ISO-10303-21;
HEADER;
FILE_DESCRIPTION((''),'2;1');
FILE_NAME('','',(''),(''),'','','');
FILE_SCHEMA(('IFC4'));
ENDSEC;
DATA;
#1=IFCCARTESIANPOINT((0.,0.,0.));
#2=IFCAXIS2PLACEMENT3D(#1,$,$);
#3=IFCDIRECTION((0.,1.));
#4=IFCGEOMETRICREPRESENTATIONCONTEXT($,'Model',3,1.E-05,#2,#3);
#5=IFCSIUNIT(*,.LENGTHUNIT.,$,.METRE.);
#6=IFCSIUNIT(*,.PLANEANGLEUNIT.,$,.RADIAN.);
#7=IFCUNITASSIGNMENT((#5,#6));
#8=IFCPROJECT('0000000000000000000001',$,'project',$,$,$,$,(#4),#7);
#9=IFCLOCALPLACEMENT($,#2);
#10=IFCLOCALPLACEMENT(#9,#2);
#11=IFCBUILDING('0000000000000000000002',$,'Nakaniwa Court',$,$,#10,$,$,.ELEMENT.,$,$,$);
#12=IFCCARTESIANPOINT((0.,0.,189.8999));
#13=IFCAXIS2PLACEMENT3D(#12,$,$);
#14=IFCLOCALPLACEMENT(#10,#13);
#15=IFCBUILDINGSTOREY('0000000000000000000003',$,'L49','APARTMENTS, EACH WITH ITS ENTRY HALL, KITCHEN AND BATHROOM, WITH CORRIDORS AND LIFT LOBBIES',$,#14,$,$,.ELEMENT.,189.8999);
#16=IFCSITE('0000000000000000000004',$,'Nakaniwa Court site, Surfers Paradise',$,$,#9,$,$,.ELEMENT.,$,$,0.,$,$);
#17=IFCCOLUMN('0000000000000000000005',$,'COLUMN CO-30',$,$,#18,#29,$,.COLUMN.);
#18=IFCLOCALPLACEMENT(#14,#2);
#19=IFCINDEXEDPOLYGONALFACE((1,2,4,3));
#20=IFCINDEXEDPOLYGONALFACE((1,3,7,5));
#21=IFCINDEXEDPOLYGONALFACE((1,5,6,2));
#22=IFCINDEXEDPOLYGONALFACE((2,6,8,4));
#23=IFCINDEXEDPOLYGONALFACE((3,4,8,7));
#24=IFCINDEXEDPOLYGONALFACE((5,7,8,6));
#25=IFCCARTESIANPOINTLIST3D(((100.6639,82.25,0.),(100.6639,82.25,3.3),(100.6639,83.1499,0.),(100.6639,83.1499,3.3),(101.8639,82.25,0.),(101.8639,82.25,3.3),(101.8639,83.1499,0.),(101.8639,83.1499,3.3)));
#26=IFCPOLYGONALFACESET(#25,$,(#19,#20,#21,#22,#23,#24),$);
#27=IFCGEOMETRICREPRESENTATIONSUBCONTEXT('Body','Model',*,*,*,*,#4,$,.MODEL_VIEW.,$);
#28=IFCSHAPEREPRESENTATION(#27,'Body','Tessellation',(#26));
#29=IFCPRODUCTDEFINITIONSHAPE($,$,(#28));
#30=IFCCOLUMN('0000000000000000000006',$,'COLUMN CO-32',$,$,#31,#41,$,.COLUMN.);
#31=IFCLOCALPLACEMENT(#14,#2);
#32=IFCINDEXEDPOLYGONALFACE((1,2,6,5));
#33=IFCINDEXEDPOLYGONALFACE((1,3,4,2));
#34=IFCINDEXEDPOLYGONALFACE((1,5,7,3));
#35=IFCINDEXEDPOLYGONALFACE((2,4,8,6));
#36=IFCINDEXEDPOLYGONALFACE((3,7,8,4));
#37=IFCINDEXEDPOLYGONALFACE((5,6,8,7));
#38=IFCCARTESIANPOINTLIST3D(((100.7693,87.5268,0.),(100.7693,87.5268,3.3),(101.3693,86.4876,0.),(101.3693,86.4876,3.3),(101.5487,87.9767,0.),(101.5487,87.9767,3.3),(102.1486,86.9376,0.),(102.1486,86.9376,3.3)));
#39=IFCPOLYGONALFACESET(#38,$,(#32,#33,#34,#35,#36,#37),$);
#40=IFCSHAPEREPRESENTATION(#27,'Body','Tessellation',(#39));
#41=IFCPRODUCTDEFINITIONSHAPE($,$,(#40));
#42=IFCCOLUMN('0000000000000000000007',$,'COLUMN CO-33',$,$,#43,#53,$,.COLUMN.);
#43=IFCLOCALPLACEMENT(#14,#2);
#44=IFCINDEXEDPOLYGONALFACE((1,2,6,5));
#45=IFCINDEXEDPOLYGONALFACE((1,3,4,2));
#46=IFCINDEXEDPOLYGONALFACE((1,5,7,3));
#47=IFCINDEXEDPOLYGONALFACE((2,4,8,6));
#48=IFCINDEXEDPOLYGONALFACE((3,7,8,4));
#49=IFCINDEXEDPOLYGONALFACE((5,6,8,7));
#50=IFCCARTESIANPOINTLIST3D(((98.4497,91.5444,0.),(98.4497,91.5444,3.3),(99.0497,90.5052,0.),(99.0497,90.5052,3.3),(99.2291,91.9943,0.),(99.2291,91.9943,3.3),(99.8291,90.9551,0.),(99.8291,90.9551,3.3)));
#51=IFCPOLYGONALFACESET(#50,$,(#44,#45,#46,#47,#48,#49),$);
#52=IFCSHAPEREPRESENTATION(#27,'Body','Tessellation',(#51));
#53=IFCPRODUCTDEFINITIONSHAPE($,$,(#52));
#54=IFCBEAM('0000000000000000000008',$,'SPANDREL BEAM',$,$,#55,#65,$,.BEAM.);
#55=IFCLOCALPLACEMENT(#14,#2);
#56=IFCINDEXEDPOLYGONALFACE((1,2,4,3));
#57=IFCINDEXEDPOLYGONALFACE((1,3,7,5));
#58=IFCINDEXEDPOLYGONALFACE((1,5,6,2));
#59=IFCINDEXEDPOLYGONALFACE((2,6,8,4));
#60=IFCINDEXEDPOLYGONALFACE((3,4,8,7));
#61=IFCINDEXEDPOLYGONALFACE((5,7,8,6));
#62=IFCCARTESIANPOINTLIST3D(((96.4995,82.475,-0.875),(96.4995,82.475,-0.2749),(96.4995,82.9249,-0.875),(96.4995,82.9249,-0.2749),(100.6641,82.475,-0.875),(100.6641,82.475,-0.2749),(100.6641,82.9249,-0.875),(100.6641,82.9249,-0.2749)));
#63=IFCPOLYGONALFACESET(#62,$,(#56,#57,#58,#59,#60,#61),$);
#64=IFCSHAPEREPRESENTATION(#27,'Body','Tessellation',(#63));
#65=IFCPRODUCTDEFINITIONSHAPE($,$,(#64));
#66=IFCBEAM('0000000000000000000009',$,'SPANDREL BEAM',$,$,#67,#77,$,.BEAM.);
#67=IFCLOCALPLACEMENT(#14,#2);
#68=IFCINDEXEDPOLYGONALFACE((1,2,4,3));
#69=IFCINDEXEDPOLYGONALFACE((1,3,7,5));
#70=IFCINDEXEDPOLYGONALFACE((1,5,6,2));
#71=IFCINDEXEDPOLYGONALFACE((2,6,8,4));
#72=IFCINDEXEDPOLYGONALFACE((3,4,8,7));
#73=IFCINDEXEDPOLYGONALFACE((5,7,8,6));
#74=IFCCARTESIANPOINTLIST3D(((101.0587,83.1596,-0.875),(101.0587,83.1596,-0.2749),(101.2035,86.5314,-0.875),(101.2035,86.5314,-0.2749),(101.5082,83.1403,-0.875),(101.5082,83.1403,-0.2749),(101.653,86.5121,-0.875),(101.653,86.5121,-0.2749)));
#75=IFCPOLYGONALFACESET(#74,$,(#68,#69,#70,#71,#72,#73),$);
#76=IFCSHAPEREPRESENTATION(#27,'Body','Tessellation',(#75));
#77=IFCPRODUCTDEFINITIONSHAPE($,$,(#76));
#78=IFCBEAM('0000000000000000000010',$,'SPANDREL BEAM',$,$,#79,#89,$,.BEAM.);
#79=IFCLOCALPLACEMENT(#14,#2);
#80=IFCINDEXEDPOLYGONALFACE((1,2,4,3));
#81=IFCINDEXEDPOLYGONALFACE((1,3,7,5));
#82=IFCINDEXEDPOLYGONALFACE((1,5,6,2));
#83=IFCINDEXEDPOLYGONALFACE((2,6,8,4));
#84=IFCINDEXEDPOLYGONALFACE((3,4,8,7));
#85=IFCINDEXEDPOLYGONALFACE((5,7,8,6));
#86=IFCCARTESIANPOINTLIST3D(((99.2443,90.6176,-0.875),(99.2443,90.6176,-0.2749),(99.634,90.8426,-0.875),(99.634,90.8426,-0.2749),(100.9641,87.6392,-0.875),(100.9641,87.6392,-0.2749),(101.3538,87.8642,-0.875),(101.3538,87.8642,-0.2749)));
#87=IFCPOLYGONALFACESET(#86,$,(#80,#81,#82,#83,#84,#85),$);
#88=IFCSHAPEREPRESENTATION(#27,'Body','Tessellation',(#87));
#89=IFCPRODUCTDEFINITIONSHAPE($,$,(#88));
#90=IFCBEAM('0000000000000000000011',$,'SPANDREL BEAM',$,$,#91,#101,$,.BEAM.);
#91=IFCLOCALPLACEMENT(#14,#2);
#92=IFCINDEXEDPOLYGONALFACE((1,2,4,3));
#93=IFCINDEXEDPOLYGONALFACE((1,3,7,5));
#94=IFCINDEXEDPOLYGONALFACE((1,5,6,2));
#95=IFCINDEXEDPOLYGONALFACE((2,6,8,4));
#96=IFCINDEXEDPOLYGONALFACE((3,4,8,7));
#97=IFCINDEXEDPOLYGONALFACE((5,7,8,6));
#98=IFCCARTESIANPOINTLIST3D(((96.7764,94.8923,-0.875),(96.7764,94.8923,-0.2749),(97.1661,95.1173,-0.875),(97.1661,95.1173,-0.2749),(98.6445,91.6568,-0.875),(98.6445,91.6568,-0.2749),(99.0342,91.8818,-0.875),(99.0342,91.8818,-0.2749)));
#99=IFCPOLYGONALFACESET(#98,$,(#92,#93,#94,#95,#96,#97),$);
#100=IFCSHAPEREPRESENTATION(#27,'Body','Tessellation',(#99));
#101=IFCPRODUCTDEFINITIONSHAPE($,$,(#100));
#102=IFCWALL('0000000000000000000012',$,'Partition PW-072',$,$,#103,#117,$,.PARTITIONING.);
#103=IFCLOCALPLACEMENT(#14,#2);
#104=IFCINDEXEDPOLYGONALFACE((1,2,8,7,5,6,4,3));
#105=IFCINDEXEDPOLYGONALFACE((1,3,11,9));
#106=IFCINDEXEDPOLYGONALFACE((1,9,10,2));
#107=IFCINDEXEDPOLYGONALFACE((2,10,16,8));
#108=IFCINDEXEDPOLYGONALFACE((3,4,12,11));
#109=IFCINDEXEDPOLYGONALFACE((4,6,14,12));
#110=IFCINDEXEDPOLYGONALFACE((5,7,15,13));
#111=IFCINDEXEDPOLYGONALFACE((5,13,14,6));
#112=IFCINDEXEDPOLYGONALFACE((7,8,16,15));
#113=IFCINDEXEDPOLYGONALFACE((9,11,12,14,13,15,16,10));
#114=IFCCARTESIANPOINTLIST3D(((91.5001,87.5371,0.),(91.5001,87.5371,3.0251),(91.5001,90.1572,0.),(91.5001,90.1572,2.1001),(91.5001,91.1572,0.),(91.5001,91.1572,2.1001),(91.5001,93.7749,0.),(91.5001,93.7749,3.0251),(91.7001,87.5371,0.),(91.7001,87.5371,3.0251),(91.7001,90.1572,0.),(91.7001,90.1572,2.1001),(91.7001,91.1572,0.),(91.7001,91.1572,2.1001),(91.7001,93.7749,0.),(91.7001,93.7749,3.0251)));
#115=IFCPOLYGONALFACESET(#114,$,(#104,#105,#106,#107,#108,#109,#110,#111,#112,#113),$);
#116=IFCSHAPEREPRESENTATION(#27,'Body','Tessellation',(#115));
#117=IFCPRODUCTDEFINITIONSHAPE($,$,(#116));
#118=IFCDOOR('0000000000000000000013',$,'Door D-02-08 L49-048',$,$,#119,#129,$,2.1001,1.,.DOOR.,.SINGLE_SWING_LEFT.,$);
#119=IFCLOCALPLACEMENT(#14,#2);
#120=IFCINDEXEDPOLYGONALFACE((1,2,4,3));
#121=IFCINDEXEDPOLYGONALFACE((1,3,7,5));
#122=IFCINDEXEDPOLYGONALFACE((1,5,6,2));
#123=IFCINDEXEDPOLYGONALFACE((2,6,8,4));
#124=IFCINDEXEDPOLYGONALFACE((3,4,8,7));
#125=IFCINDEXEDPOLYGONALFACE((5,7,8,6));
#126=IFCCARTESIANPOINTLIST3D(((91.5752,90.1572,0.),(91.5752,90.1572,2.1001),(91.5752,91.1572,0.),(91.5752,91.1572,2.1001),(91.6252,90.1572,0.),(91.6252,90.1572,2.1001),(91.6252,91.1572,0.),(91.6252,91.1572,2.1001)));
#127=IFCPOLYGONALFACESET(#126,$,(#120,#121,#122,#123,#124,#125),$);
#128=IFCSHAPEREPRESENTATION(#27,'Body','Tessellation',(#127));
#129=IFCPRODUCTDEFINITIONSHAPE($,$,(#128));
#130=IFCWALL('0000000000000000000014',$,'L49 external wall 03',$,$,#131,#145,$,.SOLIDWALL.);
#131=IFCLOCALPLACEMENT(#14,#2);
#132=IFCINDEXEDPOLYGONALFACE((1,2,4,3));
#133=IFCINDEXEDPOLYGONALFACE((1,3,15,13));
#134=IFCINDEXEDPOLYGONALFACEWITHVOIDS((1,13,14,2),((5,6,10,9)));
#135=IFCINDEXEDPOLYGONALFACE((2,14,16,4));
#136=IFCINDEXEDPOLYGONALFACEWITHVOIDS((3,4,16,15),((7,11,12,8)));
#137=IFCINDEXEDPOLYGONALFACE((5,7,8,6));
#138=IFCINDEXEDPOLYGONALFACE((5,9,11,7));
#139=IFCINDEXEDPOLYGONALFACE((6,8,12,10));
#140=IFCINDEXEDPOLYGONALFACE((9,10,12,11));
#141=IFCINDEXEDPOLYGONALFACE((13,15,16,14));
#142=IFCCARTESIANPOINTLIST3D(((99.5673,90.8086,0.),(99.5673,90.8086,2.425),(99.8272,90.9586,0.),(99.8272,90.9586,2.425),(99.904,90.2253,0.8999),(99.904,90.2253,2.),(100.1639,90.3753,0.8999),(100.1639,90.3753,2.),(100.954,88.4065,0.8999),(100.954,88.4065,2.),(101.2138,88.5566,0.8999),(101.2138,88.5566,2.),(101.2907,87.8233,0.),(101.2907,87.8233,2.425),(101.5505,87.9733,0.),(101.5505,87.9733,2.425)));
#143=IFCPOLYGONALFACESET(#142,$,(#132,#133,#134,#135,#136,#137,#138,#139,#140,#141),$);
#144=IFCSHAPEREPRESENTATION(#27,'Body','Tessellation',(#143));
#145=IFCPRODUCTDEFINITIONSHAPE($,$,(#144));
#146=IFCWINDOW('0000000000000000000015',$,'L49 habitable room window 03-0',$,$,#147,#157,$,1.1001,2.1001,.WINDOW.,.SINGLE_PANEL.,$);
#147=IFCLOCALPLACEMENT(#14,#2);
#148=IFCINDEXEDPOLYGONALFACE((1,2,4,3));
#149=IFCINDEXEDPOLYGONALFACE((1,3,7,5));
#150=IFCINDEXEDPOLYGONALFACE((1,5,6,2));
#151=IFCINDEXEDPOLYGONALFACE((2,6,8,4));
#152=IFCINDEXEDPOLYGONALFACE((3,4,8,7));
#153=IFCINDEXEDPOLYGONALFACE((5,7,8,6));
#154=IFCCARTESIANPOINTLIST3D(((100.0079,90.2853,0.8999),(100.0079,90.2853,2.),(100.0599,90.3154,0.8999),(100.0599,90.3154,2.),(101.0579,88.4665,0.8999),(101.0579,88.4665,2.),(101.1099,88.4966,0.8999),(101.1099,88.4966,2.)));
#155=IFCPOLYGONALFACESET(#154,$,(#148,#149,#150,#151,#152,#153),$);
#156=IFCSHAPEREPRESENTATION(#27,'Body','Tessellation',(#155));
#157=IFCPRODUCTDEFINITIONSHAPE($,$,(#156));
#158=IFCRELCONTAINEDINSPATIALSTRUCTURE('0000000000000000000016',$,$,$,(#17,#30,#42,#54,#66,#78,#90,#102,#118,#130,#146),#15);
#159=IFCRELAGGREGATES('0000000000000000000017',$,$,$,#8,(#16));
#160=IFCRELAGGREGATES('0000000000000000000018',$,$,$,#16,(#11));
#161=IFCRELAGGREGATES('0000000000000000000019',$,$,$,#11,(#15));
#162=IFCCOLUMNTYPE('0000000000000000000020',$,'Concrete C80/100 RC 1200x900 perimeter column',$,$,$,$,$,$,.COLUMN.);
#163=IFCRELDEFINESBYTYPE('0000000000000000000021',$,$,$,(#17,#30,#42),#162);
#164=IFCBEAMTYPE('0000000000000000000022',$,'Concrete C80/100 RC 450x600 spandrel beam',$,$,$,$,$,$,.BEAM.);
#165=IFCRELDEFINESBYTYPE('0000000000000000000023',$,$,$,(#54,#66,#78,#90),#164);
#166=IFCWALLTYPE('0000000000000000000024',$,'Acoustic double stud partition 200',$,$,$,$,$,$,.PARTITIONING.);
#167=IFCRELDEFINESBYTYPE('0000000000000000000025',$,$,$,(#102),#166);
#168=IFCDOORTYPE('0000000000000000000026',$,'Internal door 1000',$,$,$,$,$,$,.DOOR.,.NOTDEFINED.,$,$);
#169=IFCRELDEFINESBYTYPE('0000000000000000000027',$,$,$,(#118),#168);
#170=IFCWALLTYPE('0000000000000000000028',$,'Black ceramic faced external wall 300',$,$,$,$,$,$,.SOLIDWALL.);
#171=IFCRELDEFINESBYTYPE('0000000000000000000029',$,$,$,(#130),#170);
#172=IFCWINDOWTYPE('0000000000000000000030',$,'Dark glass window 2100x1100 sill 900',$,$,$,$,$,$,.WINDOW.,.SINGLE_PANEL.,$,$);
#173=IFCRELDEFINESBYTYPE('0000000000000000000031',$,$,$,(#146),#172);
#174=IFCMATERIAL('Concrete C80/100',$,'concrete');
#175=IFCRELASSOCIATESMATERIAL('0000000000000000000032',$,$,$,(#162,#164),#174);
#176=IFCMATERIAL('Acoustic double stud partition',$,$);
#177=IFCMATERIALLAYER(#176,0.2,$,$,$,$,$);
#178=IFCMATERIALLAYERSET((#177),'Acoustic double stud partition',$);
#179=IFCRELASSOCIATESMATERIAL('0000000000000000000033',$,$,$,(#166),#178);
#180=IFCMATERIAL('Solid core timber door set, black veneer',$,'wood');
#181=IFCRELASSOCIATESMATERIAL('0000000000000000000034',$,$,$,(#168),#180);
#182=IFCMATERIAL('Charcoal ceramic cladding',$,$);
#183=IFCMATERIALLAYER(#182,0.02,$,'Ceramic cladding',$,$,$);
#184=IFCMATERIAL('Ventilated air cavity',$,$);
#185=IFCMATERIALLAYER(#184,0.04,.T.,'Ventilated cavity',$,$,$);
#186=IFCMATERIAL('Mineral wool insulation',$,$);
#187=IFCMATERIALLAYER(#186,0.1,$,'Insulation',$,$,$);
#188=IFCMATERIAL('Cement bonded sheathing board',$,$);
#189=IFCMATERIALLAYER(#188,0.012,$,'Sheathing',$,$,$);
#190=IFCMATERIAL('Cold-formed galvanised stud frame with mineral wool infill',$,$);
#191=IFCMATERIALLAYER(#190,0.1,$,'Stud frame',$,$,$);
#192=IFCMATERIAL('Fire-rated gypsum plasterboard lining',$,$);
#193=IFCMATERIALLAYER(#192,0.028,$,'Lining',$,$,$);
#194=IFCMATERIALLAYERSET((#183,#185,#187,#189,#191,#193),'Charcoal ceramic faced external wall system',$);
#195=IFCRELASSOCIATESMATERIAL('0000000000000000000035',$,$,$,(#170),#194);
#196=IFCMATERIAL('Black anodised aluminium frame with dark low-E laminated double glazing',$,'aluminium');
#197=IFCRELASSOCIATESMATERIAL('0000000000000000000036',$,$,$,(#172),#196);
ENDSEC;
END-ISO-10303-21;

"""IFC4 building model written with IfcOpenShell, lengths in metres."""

from ifc_helpers import new_model, si_unit, direction, frame, frame_2d, origin, origin_2d, place, context, subcontext, project, spatial, rectangle, extrude, material, layer, layer_set, material_profile, profile_set, type_object, element, fill, save


model = new_model("IFC4")

# Units and contexts
model_context = context("Model", 3, precision=1e-05, world=origin(), true_north=direction((0.0, 1.0)))
body_context = subcontext(model_context, "Body", "Model", "MODEL_VIEW")
ifc_project = project(units=[si_unit("LENGTHUNIT", "METRE"), si_unit("PLANEANGLEUNIT", "RADIAN")], contexts=[model_context])

# Site, building, storey
site_placement = place(None, origin())
site = spatial("IfcSite", under=ifc_project, at=site_placement, Name="Nakaniwa Court site, Surfers Paradise", CompositionType="ELEMENT", RefElevation=0.0)
building_placement = place(site_placement, origin())
building = spatial("IfcBuilding", under=site, at=building_placement, Name="Nakaniwa Court", CompositionType="ELEMENT")
storey_placement = place(building_placement, frame((0.0, 0.0, 189.8999)))
storey = spatial("IfcBuildingStorey", under=building, at=storey_placement, Name="L49", Description="APARTMENTS, EACH WITH ITS ENTRY HALL, KITCHEN AND BATHROOM, WITH CORRIDORS AND LIFT LOBBIES", CompositionType="ELEMENT", Elevation=189.8999)

# Columns
ifc_material_1 = material(Name="Concrete C80/100", Category="concrete")
ifc_material_profile_1 = material_profile(ifc_material_1, rectangle(XDim=1.2, YDim=0.8999, at=origin_2d()), Name="Concrete C80/100 RC 1200x900 perimeter column")
ifc_profile_set_1 = profile_set([ifc_material_profile_1], Name="Concrete C80/100")
column_type = type_object("IfcColumnType", Name="Concrete C80/100 RC 1200x900 perimeter column", PredefinedType="COLUMN", material=ifc_profile_set_1)
for number, where, z_axis, x_axis, name in (
    (1, (101.2639, 82.7, 0.0), (0.0, 0.0, 1.0), (1.0, 0.0, 0.0), "COLUMN CO-30"),
    (2, (101.459, 87.2322, 0.0), (0.0, 0.0, 1.0), (-0.5, 0.866025, 0.0), "COLUMN CO-32"),
    (3, (99.1394, 91.2498, 0.0), (0.0, 0.0, 1.0), (-0.5, 0.866025, 0.0), "COLUMN CO-33"),
):
    element("IfcColumn", number, at=place(storey_placement, frame(where, z_axis=z_axis, x_axis=x_axis)), inside=storey, type_object=column_type, Name=name, PredefinedType="COLUMN", context=body_context, shape_type="SweptSolid", body=[
        extrude(rectangle(XDim=1.2, YDim=0.8999, at=origin_2d()), origin(), (0.0, 0.0, 1.0), 3.3),
    ])

# Beams
ifc_material_profile_2 = material_profile(ifc_material_1, rectangle(XDim=0.45, YDim=0.6001, at=origin_2d()), Name="Concrete C80/100 RC 450x600 spandrel beam")
ifc_profile_set_2 = profile_set([ifc_material_profile_2], Name="Concrete C80/100")
beam_type = type_object("IfcBeamType", Name="Concrete C80/100 RC 450x600 spandrel beam", PredefinedType="BEAM", material=ifc_profile_set_2)
beam_1_placement = place(storey_placement, frame((96.4995, 82.7, -0.575), z_axis=(1.0, 0.0, 0.0), x_axis=(0.0, 1.0, 0.0)))
element("IfcBeam", 4, at=beam_1_placement, inside=storey, type_object=beam_type, Name="SPANDREL BEAM", PredefinedType="BEAM", context=body_context, shape_type="SweptSolid", body=[
    extrude(rectangle(XDim=0.45, YDim=0.6001, at=origin_2d()), origin(), (0.0, 0.0, 1.0), 4.1646),
])
beam_2_placement = place(storey_placement, frame((101.2834, 83.1499, -0.575), z_axis=(0.042897, 0.999079, 0.0), x_axis=(-0.999079, 0.042897, 0.0)))
element("IfcBeam", 5, at=beam_2_placement, inside=storey, type_object=beam_type, Name="SPANDREL BEAM", PredefinedType="BEAM", context=body_context, shape_type="SweptSolid", body=[
    extrude(rectangle(XDim=0.45, YDim=0.6001, at=origin_2d()), origin(), (0.0, 0.0, 1.0), 3.375),
])
beam_3_placement = place(storey_placement, frame((101.1589, 87.7517, -0.575), z_axis=(-0.500048, 0.865998, 0.0), x_axis=(-0.865998, -0.500048, 0.0)))
element("IfcBeam", 6, at=beam_3_placement, inside=storey, type_object=beam_type, Name="SPANDREL BEAM", PredefinedType="BEAM", context=body_context, shape_type="SweptSolid", body=[
    extrude(rectangle(XDim=0.45, YDim=0.6001, at=origin_2d()), origin(), (0.0, 0.0, 1.0), 3.4392),
])
beam_4_placement = place(storey_placement, frame((98.8394, 91.7693, -0.575), z_axis=(-0.500018, 0.866015, 0.0), x_axis=(-0.866015, -0.500018, 0.0)))
element("IfcBeam", 7, at=beam_4_placement, inside=storey, type_object=beam_type, Name="SPANDREL BEAM", PredefinedType="BEAM", context=body_context, shape_type="SweptSolid", body=[
    extrude(rectangle(XDim=0.45, YDim=0.6001, at=origin_2d()), origin(), (0.0, 0.0, 1.0), 3.7361),
])

# Wall, opening, door
ifc_material_2 = material(Name="Acoustic double stud partition")
ifc_layer_1 = layer(ifc_material_2, 0.2)
ifc_layer_set_1 = layer_set([ifc_layer_1], Name="Acoustic double stud partition")
wall_type_1 = type_object("IfcWallType", Name="Acoustic double stud partition 200", PredefinedType="PARTITIONING", material=ifc_layer_set_1)
wall_1_placement = place(storey_placement, frame((91.6001, 87.5371, 0.0), z_axis=(0.0, 0.0, 1.0), x_axis=(0.0, 1.0, 0.0)))
wall_1 = element("IfcWall", 8, at=wall_1_placement, inside=storey, type_object=wall_type_1, Name="Partition PW-072", PredefinedType="PARTITIONING", context=body_context, shape_type="SweptSolid", body=[
    extrude(rectangle(XDim=6.2378, YDim=0.2, at=frame_2d((3.1189, 0.0))), origin(), (0.0, 0.0, 1.0), 3.0251),
])
opening_1_placement = place(wall_1_placement, frame((2.6201, 0.0, 0.0)))
opening_1 = element("IfcOpeningElement", 9, at=opening_1_placement, cuts=wall_1, PredefinedType="OPENING", context=body_context, shape_type="SweptSolid", body=[
    extrude(rectangle(XDim=1.0, YDim=2.1001, at=frame_2d((0.5, 1.05))), frame((0.0, 0.1099, 0.0), z_axis=(0.0, -1.0, 0.0), x_axis=(1.0, 0.0, 0.0)), (0.0, 0.0, 1.0), 0.22),
])
ifc_material_3 = material(Name="Solid core timber door set, black veneer", Category="wood")
door_type_1 = type_object("IfcDoorType", Name="Internal door 1000", OperationType="NOTDEFINED", PredefinedType="DOOR", material=ifc_material_3)
door_1_placement = place(opening_1_placement, origin())
door_1 = element("IfcDoor", 10, at=door_1_placement, inside=storey, type_object=door_type_1, Name="Door D-02-08 L49-048", OperationType="SINGLE_SWING_LEFT", OverallHeight=2.1001, OverallWidth=1.0, PredefinedType="DOOR", context=body_context, shape_type="SweptSolid", body=[
    extrude(rectangle(XDim=1.0, YDim=2.1001, at=frame_2d((0.5, 1.05))), frame((0.0, 0.0249, 0.0), z_axis=(0.0, -1.0, 0.0), x_axis=(1.0, 0.0, 0.0)), (0.0, 0.0, 1.0), 0.05),
])
fill(opening_1, door_1)

# Wall, opening, window
ifc_material_4 = material(Name="Charcoal ceramic cladding")
ifc_layer_2 = layer(ifc_material_4, 0.02, Name="Ceramic cladding")
ifc_material_5 = material(Name="Ventilated air cavity")
ifc_layer_3 = layer(ifc_material_5, 0.04, ventilated=True, Name="Ventilated cavity")
ifc_material_6 = material(Name="Mineral wool insulation")
ifc_layer_4 = layer(ifc_material_6, 0.1, Name="Insulation")
ifc_material_7 = material(Name="Cement bonded sheathing board")
ifc_layer_5 = layer(ifc_material_7, 0.012, Name="Sheathing")
ifc_material_8 = material(Name="Cold-formed galvanised stud frame with mineral wool infill")
ifc_layer_6 = layer(ifc_material_8, 0.1, Name="Stud frame")
ifc_material_9 = material(Name="Fire-rated gypsum plasterboard lining")
ifc_layer_7 = layer(ifc_material_9, 0.028, Name="Lining")
ifc_layer_set_2 = layer_set([ifc_layer_2, ifc_layer_3, ifc_layer_4, ifc_layer_5, ifc_layer_6, ifc_layer_7], Name="Charcoal ceramic faced external wall system")
wall_type_2 = type_object("IfcWallType", Name="Black ceramic faced external wall 300", PredefinedType="SOLIDWALL", material=ifc_layer_set_2)
wall_2_placement = place(storey_placement, frame((101.4207, 87.8982, 0.0), z_axis=(0.0, 0.0, 1.0), x_axis=(-0.499955, 0.866051, 0.0)))
wall_2 = element("IfcWall", 11, at=wall_2_placement, inside=storey, type_object=wall_type_2, Name="L49 external wall 03", PredefinedType="SOLIDWALL", context=body_context, shape_type="SweptSolid", body=[
    extrude(rectangle(XDim=3.447, YDim=0.3, at=frame_2d((1.7236, 0.0))), origin(), (0.0, 0.0, 1.0), 2.425),
])
opening_2_placement = place(wall_2_placement, frame((0.6736, 0.0, 0.8999)))
opening_2 = element("IfcOpeningElement", 12, at=opening_2_placement, cuts=wall_2, PredefinedType="OPENING", context=body_context, shape_type="SweptSolid", body=[
    extrude(rectangle(XDim=2.1001, YDim=1.1001, at=frame_2d((1.05, 0.55))), frame((0.0, 0.1599, 0.0), z_axis=(0.0, -1.0, 0.0), x_axis=(1.0, 0.0, 0.0)), (0.0, 0.0, 1.0), 0.3201),
])
ifc_material_10 = material(Name="Black anodised aluminium frame with dark low-E laminated double glazing", Category="aluminium")
window_type = type_object("IfcWindowType", Name="Dark glass window 2100x1100 sill 900", PartitioningType="SINGLE_PANEL", PredefinedType="WINDOW", material=ifc_material_10)
window_1_placement = place(opening_2_placement, origin())
window_1 = element("IfcWindow", 13, at=window_1_placement, inside=storey, type_object=window_type, Name="L49 habitable room window 03-0", OverallHeight=1.1001, OverallWidth=2.1001, PartitioningType="SINGLE_PANEL", PredefinedType="WINDOW", context=body_context, shape_type="SweptSolid", body=[
    extrude(rectangle(XDim=2.1001, YDim=1.1001, at=frame_2d((1.05, 0.55))), frame((0.0, 0.03, 0.0), z_axis=(0.0, -1.0, 0.0), x_axis=(1.0, 0.0, 0.0)), (0.0, 0.0, 1.0), 0.0601),
])
fill(opening_2, window_1)

save(model, "model.ifc")
